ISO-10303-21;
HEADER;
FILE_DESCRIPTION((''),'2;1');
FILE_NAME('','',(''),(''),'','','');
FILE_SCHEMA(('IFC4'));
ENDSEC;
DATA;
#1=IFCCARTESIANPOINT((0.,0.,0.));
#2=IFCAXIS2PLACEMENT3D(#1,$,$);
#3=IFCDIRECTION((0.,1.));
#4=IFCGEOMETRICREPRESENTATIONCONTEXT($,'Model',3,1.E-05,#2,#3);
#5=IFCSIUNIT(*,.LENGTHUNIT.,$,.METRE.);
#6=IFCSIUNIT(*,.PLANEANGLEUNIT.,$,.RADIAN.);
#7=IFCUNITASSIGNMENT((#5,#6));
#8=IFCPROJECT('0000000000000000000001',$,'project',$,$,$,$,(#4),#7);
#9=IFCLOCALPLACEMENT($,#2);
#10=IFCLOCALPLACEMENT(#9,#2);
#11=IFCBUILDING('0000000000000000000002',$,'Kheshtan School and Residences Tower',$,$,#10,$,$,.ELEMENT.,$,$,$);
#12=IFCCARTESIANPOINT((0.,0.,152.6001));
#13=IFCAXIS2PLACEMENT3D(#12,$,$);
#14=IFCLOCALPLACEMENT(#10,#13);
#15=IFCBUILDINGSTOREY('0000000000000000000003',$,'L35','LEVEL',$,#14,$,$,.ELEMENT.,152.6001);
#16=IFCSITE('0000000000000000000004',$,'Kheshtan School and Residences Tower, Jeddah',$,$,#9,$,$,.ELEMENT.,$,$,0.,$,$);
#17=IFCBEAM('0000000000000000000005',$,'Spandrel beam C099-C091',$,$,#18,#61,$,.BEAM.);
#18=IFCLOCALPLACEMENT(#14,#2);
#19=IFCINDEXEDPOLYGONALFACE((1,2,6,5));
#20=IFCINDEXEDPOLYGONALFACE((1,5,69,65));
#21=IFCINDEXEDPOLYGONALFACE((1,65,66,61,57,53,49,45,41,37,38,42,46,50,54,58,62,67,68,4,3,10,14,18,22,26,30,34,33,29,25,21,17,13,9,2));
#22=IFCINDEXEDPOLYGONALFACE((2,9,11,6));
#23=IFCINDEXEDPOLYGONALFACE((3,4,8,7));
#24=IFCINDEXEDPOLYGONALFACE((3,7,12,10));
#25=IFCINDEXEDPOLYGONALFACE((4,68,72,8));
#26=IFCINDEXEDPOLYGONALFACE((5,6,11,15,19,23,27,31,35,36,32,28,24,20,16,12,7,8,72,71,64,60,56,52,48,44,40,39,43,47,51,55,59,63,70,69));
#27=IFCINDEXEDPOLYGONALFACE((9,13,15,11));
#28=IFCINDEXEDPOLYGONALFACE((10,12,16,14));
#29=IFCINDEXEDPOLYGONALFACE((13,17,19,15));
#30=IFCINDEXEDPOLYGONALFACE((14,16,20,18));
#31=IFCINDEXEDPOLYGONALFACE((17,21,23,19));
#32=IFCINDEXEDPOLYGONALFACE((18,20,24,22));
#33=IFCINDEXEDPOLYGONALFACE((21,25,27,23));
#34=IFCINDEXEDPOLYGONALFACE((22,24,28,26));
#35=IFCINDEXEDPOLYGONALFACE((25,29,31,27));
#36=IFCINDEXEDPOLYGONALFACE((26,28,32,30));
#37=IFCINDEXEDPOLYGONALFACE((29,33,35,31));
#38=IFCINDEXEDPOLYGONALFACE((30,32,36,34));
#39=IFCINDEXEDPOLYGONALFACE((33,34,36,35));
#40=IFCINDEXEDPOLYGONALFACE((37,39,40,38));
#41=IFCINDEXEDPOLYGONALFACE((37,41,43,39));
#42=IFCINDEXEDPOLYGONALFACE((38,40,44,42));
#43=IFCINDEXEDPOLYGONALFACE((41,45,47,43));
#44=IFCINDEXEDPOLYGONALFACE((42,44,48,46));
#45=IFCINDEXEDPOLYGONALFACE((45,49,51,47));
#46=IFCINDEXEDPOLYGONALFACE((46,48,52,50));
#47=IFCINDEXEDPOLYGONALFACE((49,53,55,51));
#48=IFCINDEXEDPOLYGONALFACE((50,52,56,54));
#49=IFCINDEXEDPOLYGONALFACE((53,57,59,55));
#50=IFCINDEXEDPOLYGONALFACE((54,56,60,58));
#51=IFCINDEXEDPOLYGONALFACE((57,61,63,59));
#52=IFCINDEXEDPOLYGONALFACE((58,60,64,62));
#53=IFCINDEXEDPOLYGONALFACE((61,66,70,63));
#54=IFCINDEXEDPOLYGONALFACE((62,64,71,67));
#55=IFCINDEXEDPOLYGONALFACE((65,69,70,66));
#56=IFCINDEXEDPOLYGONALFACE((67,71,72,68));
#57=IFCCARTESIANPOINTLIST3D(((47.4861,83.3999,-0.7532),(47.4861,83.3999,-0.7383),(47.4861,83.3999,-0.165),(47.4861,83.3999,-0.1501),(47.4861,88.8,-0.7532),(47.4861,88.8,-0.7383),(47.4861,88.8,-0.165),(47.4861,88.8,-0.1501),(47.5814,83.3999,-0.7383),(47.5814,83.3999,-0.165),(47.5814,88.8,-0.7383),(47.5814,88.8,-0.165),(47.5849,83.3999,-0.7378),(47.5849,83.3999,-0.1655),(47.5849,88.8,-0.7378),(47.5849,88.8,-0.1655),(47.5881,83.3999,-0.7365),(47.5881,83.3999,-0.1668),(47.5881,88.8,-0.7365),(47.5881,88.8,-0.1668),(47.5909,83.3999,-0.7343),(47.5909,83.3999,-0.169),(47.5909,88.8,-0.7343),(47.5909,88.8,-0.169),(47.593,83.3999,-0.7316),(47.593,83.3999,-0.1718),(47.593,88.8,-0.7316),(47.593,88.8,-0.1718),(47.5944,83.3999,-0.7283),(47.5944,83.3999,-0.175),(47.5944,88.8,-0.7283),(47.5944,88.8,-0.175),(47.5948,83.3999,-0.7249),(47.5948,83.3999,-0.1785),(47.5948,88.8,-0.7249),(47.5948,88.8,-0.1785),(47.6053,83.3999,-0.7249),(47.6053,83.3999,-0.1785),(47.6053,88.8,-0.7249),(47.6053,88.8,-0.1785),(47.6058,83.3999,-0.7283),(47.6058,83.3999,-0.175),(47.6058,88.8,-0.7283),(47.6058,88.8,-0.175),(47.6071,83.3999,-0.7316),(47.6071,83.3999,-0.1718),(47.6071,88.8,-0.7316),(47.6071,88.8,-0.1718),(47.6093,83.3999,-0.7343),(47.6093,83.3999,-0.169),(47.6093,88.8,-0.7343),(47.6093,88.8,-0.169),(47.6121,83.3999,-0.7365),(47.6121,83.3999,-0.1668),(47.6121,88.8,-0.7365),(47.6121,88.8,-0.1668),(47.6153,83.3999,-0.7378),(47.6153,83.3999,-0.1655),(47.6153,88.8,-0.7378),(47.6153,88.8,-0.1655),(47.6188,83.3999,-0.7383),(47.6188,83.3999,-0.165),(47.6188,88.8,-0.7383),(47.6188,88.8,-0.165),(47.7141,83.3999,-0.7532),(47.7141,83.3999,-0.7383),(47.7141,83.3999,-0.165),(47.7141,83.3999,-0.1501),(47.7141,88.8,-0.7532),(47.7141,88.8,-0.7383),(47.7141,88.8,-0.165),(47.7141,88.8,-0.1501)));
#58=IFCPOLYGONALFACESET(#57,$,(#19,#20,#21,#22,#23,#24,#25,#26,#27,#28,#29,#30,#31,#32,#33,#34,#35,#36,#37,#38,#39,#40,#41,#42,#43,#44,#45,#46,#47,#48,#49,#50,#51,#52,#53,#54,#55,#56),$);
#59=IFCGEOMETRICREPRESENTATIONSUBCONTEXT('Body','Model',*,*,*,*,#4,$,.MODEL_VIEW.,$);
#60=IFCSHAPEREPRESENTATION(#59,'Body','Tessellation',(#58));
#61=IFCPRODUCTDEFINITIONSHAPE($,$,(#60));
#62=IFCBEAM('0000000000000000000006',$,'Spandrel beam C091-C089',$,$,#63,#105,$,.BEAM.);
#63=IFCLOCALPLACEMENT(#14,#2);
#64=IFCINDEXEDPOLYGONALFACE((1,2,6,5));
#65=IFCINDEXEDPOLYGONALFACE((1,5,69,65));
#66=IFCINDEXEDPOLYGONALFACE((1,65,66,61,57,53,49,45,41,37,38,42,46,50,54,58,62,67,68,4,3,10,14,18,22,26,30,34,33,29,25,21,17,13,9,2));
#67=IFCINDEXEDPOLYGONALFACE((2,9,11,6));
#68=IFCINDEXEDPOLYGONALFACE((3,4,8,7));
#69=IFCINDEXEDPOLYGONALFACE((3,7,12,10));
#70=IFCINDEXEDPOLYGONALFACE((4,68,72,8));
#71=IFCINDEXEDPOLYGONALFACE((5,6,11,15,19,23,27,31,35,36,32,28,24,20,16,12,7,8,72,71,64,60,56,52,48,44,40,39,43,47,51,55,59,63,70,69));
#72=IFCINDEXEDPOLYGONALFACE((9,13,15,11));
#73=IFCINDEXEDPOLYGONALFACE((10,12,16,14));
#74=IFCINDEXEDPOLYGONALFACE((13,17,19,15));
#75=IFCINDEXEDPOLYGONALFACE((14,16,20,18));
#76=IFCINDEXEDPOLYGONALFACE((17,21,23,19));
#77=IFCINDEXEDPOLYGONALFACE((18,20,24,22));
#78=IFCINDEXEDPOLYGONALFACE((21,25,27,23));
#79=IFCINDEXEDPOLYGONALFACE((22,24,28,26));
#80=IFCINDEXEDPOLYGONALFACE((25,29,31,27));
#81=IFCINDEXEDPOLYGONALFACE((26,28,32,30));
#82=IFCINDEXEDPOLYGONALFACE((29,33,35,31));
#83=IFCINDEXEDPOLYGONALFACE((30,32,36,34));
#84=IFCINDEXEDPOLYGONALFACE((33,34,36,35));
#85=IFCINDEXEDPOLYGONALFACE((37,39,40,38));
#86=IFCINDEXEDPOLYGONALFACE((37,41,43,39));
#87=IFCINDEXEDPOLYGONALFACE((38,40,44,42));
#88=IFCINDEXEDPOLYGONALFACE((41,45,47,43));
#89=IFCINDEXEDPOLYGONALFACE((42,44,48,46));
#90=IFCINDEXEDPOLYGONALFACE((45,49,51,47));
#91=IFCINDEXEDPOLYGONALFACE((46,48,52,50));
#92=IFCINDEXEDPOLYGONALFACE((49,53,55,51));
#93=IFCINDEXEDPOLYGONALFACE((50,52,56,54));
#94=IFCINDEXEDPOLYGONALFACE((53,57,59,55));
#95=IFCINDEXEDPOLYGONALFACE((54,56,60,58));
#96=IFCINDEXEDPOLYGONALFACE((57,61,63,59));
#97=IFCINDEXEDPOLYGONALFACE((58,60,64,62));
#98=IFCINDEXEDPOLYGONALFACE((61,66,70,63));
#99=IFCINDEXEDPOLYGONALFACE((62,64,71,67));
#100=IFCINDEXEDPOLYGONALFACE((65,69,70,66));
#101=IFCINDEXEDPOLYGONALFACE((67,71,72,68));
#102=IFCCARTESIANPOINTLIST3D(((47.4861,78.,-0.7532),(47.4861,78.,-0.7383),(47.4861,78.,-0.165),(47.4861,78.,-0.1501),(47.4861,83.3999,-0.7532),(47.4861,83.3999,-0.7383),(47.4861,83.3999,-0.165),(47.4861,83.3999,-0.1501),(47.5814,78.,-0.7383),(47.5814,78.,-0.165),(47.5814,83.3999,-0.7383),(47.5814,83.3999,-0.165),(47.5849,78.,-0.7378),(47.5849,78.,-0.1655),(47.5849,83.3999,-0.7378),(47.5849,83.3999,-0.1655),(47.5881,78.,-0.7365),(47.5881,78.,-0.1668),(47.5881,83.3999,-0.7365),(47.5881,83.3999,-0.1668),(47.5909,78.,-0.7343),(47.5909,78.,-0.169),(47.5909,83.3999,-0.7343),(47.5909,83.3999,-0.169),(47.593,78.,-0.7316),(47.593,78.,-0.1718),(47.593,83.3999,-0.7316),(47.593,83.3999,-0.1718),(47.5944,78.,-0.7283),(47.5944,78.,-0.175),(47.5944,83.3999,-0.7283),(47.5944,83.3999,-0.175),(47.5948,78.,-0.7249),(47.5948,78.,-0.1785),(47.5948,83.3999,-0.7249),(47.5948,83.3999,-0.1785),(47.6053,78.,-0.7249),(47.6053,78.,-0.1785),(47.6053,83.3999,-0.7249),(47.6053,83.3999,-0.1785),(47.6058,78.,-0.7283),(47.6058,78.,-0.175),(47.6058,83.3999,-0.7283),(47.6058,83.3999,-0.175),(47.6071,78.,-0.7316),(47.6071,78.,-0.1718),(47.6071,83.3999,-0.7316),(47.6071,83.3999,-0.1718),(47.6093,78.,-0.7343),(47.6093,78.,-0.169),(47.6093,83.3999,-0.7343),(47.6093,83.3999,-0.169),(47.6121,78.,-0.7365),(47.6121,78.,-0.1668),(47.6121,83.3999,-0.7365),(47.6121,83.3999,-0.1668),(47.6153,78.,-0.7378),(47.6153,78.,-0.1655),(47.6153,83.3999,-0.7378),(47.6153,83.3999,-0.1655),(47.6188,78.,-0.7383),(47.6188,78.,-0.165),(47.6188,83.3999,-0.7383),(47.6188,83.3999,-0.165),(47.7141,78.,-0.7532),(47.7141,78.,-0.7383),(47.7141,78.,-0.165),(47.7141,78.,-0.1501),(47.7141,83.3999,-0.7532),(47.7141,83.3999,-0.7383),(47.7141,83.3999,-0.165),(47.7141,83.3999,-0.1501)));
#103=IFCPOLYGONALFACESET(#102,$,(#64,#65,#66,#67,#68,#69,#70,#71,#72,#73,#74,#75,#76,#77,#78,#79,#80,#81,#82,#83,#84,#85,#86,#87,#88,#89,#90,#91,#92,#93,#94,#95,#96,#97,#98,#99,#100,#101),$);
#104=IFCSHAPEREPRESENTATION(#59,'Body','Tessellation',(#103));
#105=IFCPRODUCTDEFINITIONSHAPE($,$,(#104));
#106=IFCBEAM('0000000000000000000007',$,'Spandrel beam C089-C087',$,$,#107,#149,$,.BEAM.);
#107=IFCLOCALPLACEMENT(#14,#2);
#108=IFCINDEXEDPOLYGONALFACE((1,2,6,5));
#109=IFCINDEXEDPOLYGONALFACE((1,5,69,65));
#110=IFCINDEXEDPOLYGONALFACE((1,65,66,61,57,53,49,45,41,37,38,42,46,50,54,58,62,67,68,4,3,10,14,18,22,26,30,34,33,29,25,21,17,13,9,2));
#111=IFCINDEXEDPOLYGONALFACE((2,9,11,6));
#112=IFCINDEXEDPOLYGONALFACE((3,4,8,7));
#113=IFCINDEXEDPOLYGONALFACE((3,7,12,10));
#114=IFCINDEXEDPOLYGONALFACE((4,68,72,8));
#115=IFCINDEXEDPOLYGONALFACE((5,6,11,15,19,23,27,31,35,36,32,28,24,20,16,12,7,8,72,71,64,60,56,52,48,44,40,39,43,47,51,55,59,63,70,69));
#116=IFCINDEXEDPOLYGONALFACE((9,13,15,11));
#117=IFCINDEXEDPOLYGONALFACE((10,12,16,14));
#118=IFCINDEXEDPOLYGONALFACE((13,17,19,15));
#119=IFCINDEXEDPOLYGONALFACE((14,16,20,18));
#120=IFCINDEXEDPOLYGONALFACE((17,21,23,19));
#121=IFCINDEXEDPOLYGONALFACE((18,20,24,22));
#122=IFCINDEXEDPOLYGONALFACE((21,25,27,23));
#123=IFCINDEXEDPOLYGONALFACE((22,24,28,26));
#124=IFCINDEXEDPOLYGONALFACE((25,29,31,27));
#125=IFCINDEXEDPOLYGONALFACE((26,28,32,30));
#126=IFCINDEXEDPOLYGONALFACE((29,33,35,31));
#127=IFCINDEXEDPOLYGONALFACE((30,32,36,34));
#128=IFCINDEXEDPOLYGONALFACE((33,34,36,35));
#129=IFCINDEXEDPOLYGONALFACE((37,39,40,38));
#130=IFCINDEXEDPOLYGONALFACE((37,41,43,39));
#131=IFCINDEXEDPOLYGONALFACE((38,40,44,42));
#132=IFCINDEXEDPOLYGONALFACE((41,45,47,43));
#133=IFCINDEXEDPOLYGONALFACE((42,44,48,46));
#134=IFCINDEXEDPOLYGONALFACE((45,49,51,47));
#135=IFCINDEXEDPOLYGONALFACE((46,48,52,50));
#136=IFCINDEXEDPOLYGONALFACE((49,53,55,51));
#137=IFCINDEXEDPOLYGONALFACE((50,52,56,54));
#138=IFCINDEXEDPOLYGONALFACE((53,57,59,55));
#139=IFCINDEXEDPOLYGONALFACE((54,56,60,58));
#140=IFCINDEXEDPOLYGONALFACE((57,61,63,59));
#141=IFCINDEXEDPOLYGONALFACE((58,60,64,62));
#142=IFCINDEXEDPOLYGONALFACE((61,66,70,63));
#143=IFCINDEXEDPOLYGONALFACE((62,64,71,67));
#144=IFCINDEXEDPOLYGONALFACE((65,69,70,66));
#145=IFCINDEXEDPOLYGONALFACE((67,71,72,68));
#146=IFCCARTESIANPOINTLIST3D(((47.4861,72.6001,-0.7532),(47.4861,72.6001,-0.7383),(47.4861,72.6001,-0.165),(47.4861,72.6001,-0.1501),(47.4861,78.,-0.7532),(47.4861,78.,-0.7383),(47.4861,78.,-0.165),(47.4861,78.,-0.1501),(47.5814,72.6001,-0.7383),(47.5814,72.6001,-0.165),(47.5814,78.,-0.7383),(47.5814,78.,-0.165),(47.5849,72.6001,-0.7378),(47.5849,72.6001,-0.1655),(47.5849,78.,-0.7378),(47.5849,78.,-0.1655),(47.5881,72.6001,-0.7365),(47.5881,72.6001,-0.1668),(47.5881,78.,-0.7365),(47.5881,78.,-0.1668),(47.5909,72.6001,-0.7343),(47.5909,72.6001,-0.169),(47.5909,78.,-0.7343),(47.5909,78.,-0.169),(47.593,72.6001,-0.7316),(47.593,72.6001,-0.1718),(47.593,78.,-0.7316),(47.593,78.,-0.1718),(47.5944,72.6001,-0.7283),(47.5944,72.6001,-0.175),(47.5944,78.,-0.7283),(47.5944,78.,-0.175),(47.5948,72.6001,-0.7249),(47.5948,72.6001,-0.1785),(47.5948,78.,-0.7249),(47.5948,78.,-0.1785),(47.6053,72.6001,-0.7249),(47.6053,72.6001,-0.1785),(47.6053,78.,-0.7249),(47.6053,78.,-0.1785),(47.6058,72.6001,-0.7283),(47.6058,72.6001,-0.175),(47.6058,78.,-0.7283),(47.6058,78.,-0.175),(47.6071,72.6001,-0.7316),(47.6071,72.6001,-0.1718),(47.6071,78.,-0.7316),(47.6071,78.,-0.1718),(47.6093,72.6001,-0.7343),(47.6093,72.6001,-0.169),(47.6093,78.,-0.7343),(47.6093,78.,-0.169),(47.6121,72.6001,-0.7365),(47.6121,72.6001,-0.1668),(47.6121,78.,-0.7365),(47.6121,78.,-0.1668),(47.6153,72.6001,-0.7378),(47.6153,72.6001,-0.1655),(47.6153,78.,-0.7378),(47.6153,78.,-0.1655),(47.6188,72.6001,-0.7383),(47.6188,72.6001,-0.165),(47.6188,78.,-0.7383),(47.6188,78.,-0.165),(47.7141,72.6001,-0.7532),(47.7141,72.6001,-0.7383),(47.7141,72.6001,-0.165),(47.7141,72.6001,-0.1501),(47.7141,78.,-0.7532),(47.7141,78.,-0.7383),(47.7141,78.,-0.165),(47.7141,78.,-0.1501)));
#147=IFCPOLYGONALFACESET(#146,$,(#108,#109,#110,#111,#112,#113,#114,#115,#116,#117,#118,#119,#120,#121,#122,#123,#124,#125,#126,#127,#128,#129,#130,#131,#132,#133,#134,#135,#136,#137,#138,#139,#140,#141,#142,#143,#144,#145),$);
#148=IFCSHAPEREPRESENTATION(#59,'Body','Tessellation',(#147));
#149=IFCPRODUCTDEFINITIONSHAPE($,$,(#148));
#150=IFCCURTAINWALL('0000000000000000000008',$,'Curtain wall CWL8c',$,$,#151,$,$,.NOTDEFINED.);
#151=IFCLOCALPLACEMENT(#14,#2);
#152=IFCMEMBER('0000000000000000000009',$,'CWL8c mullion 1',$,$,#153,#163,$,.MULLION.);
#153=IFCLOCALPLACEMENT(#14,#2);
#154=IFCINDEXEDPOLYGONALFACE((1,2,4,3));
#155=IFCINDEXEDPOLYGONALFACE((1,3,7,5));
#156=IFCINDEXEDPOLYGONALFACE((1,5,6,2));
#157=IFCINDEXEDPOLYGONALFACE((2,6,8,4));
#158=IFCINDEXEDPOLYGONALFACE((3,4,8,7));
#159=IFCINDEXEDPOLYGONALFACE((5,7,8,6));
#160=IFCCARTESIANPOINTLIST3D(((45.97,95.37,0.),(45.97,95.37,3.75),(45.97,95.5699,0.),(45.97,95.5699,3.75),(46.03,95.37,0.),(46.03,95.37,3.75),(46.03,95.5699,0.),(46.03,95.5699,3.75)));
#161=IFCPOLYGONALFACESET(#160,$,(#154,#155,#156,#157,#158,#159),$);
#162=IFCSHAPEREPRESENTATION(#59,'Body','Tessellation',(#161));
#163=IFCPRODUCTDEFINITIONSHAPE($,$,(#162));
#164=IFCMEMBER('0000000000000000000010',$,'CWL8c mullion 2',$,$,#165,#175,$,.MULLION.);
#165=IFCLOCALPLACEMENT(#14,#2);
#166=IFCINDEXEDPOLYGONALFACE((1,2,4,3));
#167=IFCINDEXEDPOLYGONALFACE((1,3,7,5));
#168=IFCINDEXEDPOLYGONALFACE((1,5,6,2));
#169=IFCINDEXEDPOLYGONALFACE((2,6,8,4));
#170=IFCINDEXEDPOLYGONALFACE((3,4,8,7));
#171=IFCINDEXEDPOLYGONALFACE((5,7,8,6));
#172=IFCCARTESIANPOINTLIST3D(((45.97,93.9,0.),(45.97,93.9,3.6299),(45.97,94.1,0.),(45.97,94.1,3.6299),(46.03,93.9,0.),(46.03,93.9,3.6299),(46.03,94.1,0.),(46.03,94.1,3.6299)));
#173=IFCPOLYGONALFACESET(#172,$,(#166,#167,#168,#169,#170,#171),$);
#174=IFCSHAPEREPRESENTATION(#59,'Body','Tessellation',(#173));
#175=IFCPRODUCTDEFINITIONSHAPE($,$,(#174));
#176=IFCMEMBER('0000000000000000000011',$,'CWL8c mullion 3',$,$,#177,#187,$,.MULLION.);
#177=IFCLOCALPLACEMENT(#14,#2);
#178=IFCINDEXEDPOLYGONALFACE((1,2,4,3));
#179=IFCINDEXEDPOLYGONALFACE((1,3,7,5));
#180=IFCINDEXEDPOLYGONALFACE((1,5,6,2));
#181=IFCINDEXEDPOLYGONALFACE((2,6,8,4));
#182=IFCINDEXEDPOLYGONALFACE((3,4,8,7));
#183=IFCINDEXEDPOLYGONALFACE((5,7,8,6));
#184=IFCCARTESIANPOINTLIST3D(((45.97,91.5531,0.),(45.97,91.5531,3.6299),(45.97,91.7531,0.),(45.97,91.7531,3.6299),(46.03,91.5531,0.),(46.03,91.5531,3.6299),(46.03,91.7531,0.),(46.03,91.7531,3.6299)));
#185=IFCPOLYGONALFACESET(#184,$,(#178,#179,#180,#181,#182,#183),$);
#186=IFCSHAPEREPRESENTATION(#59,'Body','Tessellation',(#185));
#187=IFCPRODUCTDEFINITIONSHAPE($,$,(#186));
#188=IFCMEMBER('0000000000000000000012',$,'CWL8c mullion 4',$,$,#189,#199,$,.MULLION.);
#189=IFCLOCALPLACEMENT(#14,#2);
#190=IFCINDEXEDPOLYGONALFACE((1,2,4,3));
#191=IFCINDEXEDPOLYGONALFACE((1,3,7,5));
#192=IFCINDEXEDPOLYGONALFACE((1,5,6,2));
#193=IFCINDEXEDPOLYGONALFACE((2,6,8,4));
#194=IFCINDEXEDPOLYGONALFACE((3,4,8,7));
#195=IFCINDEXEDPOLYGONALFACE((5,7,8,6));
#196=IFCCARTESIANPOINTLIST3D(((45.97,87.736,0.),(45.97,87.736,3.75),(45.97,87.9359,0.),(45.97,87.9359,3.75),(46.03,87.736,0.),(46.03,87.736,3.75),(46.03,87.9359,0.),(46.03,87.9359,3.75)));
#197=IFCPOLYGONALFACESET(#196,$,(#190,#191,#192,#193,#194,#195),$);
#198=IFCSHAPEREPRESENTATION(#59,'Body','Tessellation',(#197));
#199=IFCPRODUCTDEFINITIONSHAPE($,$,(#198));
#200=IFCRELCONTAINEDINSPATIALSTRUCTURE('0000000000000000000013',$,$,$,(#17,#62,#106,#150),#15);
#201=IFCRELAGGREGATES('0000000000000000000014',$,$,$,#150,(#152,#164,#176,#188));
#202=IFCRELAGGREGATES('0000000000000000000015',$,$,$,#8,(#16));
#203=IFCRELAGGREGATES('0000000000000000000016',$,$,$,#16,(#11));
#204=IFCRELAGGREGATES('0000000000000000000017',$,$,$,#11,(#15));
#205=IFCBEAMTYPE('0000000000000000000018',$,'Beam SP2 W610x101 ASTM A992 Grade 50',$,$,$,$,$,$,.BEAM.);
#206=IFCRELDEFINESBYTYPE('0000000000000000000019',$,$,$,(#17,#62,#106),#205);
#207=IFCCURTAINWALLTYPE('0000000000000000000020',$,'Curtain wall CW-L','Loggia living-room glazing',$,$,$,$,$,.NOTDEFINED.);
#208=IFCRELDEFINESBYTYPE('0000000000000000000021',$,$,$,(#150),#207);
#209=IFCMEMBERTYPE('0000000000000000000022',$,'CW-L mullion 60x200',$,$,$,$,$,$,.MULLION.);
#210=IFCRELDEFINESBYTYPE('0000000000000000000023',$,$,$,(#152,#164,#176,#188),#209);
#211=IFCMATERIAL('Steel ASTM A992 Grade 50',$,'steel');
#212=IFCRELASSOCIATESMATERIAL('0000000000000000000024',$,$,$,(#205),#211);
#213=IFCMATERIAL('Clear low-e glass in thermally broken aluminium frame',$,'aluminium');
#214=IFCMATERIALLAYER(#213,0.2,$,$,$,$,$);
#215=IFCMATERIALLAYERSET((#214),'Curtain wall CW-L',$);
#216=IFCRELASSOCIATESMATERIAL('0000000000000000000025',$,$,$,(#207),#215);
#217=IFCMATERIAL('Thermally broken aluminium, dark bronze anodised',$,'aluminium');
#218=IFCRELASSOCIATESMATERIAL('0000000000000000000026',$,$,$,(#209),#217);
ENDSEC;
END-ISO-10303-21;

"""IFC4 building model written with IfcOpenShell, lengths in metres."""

from ifc_helpers import new_model, si_unit, direction, frame, origin, origin_2d, place, context, subcontext, project, spatial, rectangle, i_section, extrude, material, layer, layer_set, material_profile, profile_set, type_object, element, aggregate, save


model = new_model("IFC4")

# Units and contexts
model_context = context("Model", 3, precision=1e-05, world=origin(), true_north=direction((0.0, 1.0)))
body_context = subcontext(model_context, "Body", "Model", "MODEL_VIEW")
ifc_project = project(units=[si_unit("LENGTHUNIT", "METRE"), si_unit("PLANEANGLEUNIT", "RADIAN")], contexts=[model_context])

# Site, building, storey
site_placement = place(None, origin())
site = spatial("IfcSite", under=ifc_project, at=site_placement, Name="Kheshtan School and Residences Tower, Jeddah", CompositionType="ELEMENT", RefElevation=0.0)
building_placement = place(site_placement, origin())
building = spatial("IfcBuilding", under=site, at=building_placement, Name="Kheshtan School and Residences Tower", CompositionType="ELEMENT")
storey_placement = place(building_placement, frame((0.0, 0.0, 152.6001)))
storey = spatial("IfcBuildingStorey", under=building, at=storey_placement, Name="L35", Description="LEVEL", CompositionType="ELEMENT", Elevation=152.6001)

# Shared definitions
ifc_material_1 = material(Name="Steel ASTM A992 Grade 50", Category="steel")

# Beams
ifc_material_profile_1 = material_profile(ifc_material_1, i_section(OverallWidth=0.228, OverallDepth=0.603, WebThickness=0.0105, FlangeThickness=0.0149, FilletRadius=0.0134, at=origin_2d()), Name="W610x101")
ifc_profile_set_1 = profile_set([ifc_material_profile_1], Name="Steel ASTM A992 Grade 50")
beam_type_1 = type_object("IfcBeamType", Name="Beam SP2 W610x101 ASTM A992 Grade 50", PredefinedType="BEAM", material=ifc_profile_set_1)
beam_1_placement = place(storey_placement, frame((47.6001, 88.8, -0.4517), z_axis=(0.0, -1.0, 0.0), x_axis=(1.0, 0.0, 0.0)))
element("IfcBeam", 1, at=beam_1_placement, inside=storey, type_object=beam_type_1, Name="Spandrel beam C099-C091", PredefinedType="BEAM", context=body_context, shape_type="SweptSolid", body=[
    extrude(i_section(OverallWidth=0.228, OverallDepth=0.603, WebThickness=0.0105, FlangeThickness=0.0149, FilletRadius=0.0134, at=origin_2d()), origin(), (0.0, 0.0, 1.0), 5.4001),
])
for number, where, z_axis, x_axis, name in (
    (2, (47.6001, 83.3999, -0.4517), (0.0, -1.0, 0.0), (1.0, 0.0, 0.0), "Spandrel beam C091-C089"),
    (3, (47.6001, 78.0, -0.4517), (0.0, -1.0, 0.0), (1.0, 0.0, 0.0), "Spandrel beam C089-C087"),
):
    element("IfcBeam", number, at=place(storey_placement, frame(where, z_axis=z_axis, x_axis=x_axis)), inside=storey, type_object=beam_type_1, Name=name, PredefinedType="BEAM", context=body_context, shape_type="SweptSolid", body=[
        extrude(i_section(OverallWidth=0.228, OverallDepth=0.603, WebThickness=0.0105, FlangeThickness=0.0149, FilletRadius=0.0134, at=origin_2d()), origin(), (0.0, 0.0, 1.0), 5.3999),
    ])

# Curtain wall, members
ifc_material_2 = material(Name="Clear low-e glass in thermally broken aluminium frame", Category="aluminium")
ifc_layer_1 = layer(ifc_material_2, 0.2)
ifc_layer_set_1 = layer_set([ifc_layer_1], Name="Curtain wall CW-L")
curtain_wall_type = type_object("IfcCurtainWallType", Name="Curtain wall CW-L", Description="Loggia living-room glazing", PredefinedType="NOTDEFINED", material=ifc_layer_set_1)
curtain_wall_1_placement = place(storey_placement, origin())
curtain_wall_1 = element("IfcCurtainWall", 4, at=curtain_wall_1_placement, inside=storey, type_object=curtain_wall_type, Name="Curtain wall CWL8c", PredefinedType="NOTDEFINED")
ifc_material_3 = material(Name="Thermally broken aluminium, dark bronze anodised", Category="aluminium")
ifc_material_profile_2 = material_profile(ifc_material_3, rectangle(XDim=0.0601, YDim=0.2, at=origin_2d()), Name="CW-L mullion 60x200")
ifc_profile_set_2 = profile_set([ifc_material_profile_2], Name="Thermally broken aluminium, dark bronze anodised")
member_type_1 = type_object("IfcMemberType", Name="CW-L mullion 60x200", PredefinedType="MULLION", material=ifc_profile_set_2)
member_1_placement = place(storey_placement, frame((46.0, 95.47, 0.0), z_axis=(0.0, 0.0, 1.0), x_axis=(1.0, 0.0, 0.0)))
member_1 = element("IfcMember", 5, at=member_1_placement, type_object=member_type_1, Name="CWL8c mullion 1", PredefinedType="MULLION", context=body_context, shape_type="SweptSolid", body=[
    extrude(rectangle(XDim=0.0601, YDim=0.2, at=origin_2d()), origin(), (0.0, 0.0, 1.0), 3.75),
])
member_2_placement = place(storey_placement, frame((46.0, 94.0, 0.0), z_axis=(0.0, 0.0, 1.0), x_axis=(1.0, 0.0, 0.0)))
member_2 = element("IfcMember", 6, at=member_2_placement, type_object=member_type_1, Name="CWL8c mullion 2", PredefinedType="MULLION", context=body_context, shape_type="SweptSolid", body=[
    extrude(rectangle(XDim=0.0601, YDim=0.2, at=origin_2d()), origin(), (0.0, 0.0, 1.0), 3.6299),
])
member_3_placement = place(storey_placement, frame((46.0, 91.6531, 0.0), z_axis=(0.0, 0.0, 1.0), x_axis=(1.0, 0.0, 0.0)))
member_3 = element("IfcMember", 7, at=member_3_placement, type_object=member_type_1, Name="CWL8c mullion 3", PredefinedType="MULLION", context=body_context, shape_type="SweptSolid", body=[
    extrude(rectangle(XDim=0.0601, YDim=0.2, at=origin_2d()), origin(), (0.0, 0.0, 1.0), 3.6299),
])
member_4_placement = place(storey_placement, frame((46.0, 87.8359, 0.0), z_axis=(0.0, 0.0, 1.0), x_axis=(1.0, 0.0, 0.0)))
member_4 = element("IfcMember", 8, at=member_4_placement, type_object=member_type_1, Name="CWL8c mullion 4", PredefinedType="MULLION", context=body_context, shape_type="SweptSolid", body=[
    extrude(rectangle(XDim=0.0601, YDim=0.2, at=origin_2d()), origin(), (0.0, 0.0, 1.0), 3.75),
])

aggregate(curtain_wall_1, [member_1, member_2, member_3, member_4])

save(model, "model.ifc")
